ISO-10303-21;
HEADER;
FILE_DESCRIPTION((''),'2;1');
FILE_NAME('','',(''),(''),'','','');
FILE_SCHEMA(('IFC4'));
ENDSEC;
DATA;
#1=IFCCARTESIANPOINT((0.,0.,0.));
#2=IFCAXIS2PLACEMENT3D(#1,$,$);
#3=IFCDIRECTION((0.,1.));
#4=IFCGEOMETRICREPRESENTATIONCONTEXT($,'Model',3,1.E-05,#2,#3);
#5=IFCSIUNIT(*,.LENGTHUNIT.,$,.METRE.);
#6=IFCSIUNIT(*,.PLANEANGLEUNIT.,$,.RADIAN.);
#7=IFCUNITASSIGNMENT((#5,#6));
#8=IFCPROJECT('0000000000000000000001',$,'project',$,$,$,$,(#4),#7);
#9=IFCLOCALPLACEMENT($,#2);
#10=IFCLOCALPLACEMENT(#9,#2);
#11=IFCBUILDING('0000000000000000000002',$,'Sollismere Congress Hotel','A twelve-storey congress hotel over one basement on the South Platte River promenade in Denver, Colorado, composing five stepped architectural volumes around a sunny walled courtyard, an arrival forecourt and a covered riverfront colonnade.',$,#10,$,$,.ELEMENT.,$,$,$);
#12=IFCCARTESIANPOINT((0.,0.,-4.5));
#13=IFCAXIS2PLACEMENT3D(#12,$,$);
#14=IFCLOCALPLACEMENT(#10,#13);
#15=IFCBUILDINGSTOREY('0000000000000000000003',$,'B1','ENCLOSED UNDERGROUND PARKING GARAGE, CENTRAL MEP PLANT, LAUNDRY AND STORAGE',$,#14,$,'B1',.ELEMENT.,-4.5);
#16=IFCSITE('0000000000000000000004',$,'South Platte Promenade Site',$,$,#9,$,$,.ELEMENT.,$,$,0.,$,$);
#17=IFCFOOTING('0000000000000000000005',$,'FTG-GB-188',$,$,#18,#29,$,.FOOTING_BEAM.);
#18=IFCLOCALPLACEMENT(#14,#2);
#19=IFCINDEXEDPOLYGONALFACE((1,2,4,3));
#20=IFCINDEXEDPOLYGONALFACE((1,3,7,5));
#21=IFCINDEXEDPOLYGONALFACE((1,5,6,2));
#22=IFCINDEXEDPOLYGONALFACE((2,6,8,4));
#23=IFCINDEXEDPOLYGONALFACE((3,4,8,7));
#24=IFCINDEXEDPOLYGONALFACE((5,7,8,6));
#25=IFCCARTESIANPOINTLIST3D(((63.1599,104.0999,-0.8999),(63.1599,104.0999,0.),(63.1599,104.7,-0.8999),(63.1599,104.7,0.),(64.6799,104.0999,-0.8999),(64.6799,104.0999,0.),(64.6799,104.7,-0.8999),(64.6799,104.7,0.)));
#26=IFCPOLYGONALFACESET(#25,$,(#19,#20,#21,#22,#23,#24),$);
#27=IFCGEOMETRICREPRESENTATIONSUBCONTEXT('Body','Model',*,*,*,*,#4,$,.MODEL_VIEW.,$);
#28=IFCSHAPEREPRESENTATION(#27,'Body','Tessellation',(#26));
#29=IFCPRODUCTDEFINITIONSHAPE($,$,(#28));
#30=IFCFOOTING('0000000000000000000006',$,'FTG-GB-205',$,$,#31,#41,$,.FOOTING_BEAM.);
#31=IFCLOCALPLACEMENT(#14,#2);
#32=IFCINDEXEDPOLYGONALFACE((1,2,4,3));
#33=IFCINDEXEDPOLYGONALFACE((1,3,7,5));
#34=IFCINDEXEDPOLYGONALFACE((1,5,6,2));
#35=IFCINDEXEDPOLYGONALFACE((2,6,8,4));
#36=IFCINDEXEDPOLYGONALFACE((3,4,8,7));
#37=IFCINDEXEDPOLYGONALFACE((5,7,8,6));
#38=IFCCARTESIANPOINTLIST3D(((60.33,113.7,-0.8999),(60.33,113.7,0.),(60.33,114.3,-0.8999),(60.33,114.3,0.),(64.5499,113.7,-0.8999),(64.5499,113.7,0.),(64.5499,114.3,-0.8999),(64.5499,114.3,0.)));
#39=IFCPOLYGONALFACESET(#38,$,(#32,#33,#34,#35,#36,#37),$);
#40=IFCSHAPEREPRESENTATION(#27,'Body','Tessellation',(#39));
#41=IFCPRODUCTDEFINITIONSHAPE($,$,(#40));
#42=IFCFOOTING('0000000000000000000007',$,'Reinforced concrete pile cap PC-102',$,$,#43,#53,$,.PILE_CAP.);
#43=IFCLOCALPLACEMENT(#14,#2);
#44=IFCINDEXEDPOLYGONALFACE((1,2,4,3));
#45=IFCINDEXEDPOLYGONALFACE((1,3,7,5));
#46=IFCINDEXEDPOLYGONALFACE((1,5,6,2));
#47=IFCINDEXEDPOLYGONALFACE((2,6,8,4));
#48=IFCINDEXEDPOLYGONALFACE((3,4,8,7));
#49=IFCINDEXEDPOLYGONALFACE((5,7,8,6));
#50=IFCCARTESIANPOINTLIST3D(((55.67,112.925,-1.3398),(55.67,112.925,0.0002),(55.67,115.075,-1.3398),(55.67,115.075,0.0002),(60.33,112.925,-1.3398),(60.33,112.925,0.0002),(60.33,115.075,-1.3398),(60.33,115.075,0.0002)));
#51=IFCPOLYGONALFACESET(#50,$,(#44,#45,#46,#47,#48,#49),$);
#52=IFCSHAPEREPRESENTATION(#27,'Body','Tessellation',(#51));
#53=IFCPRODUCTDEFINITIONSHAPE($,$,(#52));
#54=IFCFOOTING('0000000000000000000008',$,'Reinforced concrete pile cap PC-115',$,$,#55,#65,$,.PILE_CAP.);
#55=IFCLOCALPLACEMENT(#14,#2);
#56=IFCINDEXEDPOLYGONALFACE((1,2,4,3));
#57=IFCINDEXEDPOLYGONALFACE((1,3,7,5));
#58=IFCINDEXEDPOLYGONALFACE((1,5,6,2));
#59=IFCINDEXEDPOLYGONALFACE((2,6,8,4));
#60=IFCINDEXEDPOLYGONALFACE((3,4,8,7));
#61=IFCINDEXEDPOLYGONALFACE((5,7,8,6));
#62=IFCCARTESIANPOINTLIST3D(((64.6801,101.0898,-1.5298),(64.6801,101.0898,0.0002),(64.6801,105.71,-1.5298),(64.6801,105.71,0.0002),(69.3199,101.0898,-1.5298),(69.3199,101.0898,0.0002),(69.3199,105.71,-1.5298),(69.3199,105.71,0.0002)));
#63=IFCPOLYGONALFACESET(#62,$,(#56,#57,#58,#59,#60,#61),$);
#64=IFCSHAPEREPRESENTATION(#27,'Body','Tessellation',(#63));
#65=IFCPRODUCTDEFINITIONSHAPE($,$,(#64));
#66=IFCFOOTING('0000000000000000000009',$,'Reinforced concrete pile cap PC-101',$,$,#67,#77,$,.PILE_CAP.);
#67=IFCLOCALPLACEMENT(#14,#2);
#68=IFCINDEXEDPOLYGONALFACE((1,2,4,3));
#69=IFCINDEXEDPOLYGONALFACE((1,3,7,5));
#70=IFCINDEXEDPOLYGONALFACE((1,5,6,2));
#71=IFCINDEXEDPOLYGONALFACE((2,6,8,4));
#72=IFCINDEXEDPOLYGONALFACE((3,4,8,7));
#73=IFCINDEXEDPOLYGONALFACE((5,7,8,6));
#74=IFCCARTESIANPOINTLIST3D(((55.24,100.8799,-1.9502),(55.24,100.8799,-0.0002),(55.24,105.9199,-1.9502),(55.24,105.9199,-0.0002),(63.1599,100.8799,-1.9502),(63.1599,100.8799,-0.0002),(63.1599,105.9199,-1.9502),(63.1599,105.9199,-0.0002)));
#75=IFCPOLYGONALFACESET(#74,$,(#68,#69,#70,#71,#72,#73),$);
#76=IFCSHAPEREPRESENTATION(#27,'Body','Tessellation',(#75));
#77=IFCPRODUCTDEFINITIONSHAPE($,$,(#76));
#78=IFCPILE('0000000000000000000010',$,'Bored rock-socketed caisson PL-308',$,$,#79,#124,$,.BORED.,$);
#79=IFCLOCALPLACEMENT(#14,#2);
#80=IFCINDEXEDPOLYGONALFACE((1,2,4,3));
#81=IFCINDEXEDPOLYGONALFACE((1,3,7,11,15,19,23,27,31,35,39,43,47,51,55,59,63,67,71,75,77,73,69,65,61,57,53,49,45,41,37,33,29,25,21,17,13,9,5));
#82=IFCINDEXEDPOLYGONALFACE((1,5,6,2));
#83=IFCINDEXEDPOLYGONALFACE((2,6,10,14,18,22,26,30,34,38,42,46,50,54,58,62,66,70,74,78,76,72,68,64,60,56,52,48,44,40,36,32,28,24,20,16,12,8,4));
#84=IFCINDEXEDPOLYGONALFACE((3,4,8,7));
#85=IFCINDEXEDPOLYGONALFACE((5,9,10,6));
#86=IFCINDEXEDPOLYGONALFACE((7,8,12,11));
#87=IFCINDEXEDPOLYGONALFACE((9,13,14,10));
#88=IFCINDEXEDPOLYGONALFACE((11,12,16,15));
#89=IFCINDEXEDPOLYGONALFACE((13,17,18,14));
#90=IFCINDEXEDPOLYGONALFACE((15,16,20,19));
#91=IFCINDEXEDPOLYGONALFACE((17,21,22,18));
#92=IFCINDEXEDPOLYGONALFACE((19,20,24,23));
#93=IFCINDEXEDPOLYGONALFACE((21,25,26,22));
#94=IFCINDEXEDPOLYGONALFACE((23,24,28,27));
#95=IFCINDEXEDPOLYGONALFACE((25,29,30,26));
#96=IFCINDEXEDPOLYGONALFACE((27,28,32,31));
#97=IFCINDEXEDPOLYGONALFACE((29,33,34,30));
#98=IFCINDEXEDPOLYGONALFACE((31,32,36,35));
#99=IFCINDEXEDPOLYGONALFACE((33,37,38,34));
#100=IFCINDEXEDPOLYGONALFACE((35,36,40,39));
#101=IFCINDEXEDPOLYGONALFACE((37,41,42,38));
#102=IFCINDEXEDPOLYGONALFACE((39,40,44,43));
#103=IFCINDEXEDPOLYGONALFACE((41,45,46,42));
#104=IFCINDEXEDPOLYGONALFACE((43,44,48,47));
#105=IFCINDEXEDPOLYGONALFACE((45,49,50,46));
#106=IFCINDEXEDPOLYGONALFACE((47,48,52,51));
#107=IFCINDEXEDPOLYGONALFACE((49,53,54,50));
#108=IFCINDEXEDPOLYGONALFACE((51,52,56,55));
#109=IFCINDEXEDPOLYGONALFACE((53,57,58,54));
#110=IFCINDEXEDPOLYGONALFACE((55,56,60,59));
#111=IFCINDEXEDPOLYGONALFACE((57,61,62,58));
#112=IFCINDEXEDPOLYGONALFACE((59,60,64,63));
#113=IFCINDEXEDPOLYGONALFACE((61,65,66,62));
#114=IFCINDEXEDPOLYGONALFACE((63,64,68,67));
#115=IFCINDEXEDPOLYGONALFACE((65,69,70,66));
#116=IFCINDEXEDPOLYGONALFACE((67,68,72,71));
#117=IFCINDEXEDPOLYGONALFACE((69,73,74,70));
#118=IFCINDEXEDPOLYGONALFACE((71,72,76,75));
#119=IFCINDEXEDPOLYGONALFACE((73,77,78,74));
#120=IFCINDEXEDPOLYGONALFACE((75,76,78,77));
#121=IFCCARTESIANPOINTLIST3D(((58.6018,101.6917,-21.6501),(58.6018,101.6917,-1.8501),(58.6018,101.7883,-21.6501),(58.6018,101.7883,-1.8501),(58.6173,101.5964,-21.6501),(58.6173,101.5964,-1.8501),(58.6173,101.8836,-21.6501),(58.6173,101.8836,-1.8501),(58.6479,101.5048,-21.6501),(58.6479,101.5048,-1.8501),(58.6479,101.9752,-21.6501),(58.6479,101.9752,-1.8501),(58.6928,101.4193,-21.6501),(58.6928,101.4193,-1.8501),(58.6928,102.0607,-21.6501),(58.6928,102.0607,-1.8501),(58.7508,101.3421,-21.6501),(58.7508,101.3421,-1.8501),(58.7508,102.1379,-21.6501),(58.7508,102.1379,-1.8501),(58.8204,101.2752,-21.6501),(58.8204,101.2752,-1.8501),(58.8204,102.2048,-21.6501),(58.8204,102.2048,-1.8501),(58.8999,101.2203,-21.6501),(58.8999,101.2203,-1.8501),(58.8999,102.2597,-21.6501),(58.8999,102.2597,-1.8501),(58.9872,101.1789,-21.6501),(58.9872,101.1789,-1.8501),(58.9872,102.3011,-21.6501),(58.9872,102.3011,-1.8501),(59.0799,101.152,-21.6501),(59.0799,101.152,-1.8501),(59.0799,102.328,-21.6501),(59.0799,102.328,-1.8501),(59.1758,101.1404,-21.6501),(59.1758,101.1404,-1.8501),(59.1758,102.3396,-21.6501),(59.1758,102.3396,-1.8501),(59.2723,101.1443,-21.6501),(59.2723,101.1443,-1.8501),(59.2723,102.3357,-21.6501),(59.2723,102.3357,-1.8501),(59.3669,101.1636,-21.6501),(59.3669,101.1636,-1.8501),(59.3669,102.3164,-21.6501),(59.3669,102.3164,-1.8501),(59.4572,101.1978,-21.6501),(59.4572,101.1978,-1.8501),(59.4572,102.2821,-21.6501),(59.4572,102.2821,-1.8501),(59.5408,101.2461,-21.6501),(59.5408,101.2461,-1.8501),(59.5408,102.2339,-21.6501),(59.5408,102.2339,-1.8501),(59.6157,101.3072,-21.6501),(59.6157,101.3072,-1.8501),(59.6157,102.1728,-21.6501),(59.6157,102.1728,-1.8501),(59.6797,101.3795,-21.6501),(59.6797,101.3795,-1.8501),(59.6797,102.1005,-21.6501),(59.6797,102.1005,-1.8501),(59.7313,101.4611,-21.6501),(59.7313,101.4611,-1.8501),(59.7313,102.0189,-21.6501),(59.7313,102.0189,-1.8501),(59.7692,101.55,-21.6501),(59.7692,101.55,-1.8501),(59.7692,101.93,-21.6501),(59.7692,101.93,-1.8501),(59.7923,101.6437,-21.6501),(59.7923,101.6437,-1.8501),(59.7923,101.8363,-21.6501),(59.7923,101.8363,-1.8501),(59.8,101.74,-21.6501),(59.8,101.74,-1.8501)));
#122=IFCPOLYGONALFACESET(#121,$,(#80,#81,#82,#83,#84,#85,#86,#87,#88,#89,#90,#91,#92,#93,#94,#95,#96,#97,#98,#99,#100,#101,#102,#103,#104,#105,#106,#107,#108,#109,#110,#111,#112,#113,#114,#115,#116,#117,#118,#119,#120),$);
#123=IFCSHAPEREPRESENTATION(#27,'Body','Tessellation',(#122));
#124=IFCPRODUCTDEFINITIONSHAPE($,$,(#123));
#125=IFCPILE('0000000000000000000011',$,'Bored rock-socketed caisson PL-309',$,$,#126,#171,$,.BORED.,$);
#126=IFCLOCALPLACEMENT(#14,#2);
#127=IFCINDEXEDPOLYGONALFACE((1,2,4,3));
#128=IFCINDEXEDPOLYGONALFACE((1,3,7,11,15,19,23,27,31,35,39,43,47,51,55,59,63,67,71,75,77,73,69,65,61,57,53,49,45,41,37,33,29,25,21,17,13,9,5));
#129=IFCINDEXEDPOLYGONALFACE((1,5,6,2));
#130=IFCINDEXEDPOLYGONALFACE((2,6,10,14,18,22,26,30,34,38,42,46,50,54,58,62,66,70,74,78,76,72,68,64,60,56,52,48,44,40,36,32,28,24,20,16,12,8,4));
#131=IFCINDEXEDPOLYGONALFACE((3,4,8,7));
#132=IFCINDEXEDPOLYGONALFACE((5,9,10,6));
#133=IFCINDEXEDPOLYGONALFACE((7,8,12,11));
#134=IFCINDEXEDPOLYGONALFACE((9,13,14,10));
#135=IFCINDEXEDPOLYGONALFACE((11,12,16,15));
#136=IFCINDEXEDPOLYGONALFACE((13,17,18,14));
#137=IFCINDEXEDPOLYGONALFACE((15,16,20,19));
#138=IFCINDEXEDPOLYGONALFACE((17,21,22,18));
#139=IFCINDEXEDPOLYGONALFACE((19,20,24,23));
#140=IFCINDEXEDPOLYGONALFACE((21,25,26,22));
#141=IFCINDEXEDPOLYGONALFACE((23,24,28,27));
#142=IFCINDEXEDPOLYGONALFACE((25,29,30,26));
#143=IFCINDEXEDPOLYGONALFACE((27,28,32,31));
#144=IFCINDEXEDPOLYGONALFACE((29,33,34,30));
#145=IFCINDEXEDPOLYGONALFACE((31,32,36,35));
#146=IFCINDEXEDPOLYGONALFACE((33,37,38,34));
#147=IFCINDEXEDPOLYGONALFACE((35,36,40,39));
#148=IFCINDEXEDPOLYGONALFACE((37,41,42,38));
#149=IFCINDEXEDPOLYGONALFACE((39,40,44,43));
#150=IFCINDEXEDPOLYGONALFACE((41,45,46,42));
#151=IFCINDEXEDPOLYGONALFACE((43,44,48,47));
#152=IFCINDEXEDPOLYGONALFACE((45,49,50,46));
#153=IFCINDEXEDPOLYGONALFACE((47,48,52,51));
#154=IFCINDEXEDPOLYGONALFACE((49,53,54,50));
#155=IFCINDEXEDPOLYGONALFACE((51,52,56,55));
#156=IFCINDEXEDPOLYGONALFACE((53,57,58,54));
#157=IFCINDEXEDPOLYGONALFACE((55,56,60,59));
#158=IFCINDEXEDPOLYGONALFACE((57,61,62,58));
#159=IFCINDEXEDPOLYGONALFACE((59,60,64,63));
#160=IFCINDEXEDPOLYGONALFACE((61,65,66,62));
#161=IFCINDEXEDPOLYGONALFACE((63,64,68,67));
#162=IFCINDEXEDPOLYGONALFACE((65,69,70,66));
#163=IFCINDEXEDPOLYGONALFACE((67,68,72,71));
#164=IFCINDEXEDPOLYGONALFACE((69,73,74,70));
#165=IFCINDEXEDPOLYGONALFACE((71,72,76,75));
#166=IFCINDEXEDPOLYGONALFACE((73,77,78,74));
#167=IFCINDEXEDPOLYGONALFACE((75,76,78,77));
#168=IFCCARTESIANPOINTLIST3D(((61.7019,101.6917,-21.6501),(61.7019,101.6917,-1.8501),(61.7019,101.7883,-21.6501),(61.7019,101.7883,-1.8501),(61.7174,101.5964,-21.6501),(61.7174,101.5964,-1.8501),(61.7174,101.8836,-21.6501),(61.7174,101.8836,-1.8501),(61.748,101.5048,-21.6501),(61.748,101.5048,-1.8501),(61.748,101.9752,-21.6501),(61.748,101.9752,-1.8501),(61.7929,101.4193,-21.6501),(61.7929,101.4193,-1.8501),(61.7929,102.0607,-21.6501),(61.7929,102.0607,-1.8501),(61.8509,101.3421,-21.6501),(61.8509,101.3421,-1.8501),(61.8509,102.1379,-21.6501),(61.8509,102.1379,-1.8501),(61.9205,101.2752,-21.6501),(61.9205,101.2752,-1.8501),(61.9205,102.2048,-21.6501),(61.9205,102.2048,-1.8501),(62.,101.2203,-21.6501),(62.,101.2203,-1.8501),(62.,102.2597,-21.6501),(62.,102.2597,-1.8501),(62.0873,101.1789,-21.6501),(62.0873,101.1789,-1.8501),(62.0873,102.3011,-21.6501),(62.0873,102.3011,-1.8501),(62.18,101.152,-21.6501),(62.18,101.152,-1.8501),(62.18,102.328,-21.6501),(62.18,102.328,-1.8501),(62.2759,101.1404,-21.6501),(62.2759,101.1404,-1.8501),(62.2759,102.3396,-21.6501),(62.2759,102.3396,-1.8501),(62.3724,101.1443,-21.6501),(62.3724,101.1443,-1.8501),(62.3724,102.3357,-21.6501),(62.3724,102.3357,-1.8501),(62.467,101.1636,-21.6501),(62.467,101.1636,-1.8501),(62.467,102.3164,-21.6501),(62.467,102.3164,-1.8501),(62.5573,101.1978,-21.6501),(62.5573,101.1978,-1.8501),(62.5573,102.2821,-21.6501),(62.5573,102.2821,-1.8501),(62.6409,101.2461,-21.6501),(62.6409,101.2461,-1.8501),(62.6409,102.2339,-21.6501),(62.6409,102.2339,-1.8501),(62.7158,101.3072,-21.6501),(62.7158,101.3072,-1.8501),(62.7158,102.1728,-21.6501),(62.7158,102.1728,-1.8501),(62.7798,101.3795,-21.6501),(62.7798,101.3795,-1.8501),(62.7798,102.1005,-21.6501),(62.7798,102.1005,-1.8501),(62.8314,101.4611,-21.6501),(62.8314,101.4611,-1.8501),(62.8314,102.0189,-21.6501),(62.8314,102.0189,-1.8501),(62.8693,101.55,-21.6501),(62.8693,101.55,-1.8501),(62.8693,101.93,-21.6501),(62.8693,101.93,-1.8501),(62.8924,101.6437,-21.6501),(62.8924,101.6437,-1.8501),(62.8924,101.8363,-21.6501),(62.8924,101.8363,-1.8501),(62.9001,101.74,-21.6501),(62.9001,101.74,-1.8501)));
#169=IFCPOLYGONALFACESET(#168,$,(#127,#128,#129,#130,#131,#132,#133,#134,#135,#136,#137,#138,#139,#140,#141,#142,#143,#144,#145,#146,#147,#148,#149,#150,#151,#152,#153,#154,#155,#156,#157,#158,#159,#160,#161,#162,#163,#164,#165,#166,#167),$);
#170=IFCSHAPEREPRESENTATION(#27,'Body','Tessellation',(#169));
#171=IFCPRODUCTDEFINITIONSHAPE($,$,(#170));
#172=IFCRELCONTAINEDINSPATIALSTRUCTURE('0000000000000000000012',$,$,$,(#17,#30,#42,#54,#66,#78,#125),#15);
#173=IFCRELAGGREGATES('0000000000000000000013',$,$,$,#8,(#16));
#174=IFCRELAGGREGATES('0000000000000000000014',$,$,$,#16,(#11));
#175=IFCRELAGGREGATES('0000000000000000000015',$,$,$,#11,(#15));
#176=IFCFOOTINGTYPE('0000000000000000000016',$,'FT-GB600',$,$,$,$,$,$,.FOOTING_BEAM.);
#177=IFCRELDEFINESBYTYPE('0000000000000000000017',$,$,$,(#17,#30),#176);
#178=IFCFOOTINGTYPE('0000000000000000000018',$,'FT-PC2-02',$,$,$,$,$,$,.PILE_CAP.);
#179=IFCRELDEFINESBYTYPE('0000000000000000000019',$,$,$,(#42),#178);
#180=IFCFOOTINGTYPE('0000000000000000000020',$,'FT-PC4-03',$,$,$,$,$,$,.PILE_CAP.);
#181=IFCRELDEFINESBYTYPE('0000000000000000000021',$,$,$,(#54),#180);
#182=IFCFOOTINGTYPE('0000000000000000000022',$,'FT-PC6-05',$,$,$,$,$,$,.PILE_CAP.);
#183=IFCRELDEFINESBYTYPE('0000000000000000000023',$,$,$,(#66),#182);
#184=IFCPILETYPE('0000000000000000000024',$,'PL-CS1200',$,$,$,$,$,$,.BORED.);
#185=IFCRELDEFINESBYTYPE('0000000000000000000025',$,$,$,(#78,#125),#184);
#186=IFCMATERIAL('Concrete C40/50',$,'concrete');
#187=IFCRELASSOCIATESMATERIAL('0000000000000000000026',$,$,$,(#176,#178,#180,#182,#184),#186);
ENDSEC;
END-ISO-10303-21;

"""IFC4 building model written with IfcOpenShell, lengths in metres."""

from ifc_helpers import new_model, si_unit, direction, frame, origin, origin_2d, place, context, subcontext, project, spatial, rectangle, circle, extrude, material, material_profile, profile_set, type_object, element, save


model = new_model("IFC4")

# Units and contexts
model_context = context("Model", 3, precision=1e-05, world=origin(), true_north=direction((0.0, 1.0)))
body_context = subcontext(model_context, "Body", "Model", "MODEL_VIEW")
ifc_project = project(units=[si_unit("LENGTHUNIT", "METRE"), si_unit("PLANEANGLEUNIT", "RADIAN")], contexts=[model_context])

# Site, building, storey
site_placement = place(None, origin())
site = spatial("IfcSite", under=ifc_project, at=site_placement, Name="South Platte Promenade Site", CompositionType="ELEMENT", RefElevation=0.0)
building_placement = place(site_placement, origin())
building = spatial("IfcBuilding", under=site, at=building_placement, Name="Sollismere Congress Hotel", Description="A twelve-storey congress hotel over one basement on the South Platte River promenade in Denver, Colorado, composing five stepped architectural volumes around a sunny walled courtyard, an arrival forecourt and a covered riverfront colonnade.", CompositionType="ELEMENT")
storey_placement = place(building_placement, frame((0.0, 0.0, -4.5)))
storey = spatial("IfcBuildingStorey", under=building, at=storey_placement, Name="B1", Description="ENCLOSED UNDERGROUND PARKING GARAGE, CENTRAL MEP PLANT, LAUNDRY AND STORAGE", LongName="B1", CompositionType="ELEMENT", Elevation=-4.5)

# Footings
ifc_material_1 = material(Name="Concrete C40/50", Category="concrete")
footing_type_1 = type_object("IfcFootingType", Name="FT-GB600", PredefinedType="FOOTING_BEAM", material=ifc_material_1)
footing_1_placement = place(storey_placement, frame((63.9199, 104.3999, -0.8999), z_axis=(0.0, 0.0, 1.0), x_axis=(1.0, 0.0, 0.0)))
element("IfcFooting", 1, at=footing_1_placement, inside=storey, type_object=footing_type_1, Name="FTG-GB-188", PredefinedType="FOOTING_BEAM", context=body_context, shape_type="SweptSolid", body=[
    extrude(rectangle(XDim=1.52, YDim=0.6001, at=origin_2d()), origin(), (0.0, 0.0, 1.0), 0.8999),
])
footing_2_placement = place(storey_placement, frame((62.4399, 114.0, -0.8999), z_axis=(0.0, 0.0, 1.0), x_axis=(1.0, 0.0, 0.0)))
element("IfcFooting", 2, at=footing_2_placement, inside=storey, type_object=footing_type_1, Name="FTG-GB-205", PredefinedType="FOOTING_BEAM", context=body_context, shape_type="SweptSolid", body=[
    extrude(rectangle(XDim=4.22, YDim=0.6001, at=origin_2d()), origin(), (0.0, 0.0, 1.0), 0.8999),
])
footing_type_2 = type_object("IfcFootingType", Name="FT-PC2-02", PredefinedType="PILE_CAP", material=ifc_material_1)
footing_3_placement = place(storey_placement, frame((58.0, 114.0, -1.3398), z_axis=(0.0, 0.0, 1.0), x_axis=(1.0, 0.0, 0.0)))
element("IfcFooting", 3, at=footing_3_placement, inside=storey, type_object=footing_type_2, Name="Reinforced concrete pile cap PC-102", PredefinedType="PILE_CAP", context=body_context, shape_type="SweptSolid", body=[
    extrude(rectangle(XDim=4.6599, YDim=2.1499, at=origin_2d()), origin(), (0.0, 0.0, 1.0), 1.3401),
])
footing_type_3 = type_object("IfcFootingType", Name="FT-PC4-03", PredefinedType="PILE_CAP", material=ifc_material_1)
footing_4_placement = place(storey_placement, frame((67.0, 103.3999, -1.5298), z_axis=(0.0, 0.0, 1.0), x_axis=(1.0, 0.0, 0.0)))
element("IfcFooting", 4, at=footing_4_placement, inside=storey, type_object=footing_type_3, Name="Reinforced concrete pile cap PC-115", PredefinedType="PILE_CAP", context=body_context, shape_type="SweptSolid", body=[
    extrude(rectangle(XDim=4.6399, YDim=4.6201, at=origin_2d()), origin(), (0.0, 0.0, 1.0), 1.53),
])
footing_type_4 = type_object("IfcFootingType", Name="FT-PC6-05", PredefinedType="PILE_CAP", material=ifc_material_1)
footing_5_placement = place(storey_placement, frame((59.2, 103.3999, -1.9502), z_axis=(0.0, 0.0, 1.0), x_axis=(1.0, 0.0, 0.0)))
element("IfcFooting", 5, at=footing_5_placement, inside=storey, type_object=footing_type_4, Name="Reinforced concrete pile cap PC-101", PredefinedType="PILE_CAP", context=body_context, shape_type="SweptSolid", body=[
    extrude(rectangle(XDim=7.9199, YDim=5.04, at=origin_2d()), origin(), (0.0, 0.0, 1.0), 1.95),
])

# Piles
ifc_material_profile_1 = material_profile(ifc_material_1, circle(Radius=0.6001, at=origin_2d()), Name="CAISSON1200")
ifc_profile_set_1 = profile_set([ifc_material_profile_1], Name="Concrete C40/50")
pile_type = type_object("IfcPileType", Name="PL-CS1200", PredefinedType="BORED", material=ifc_profile_set_1)
for number, where, z_axis, x_axis, name in (
    (6, (59.2, 101.74, -1.8501), (0.0, 0.0, -1.0), (1.0, 0.0, 0.0), "Bored rock-socketed caisson PL-308"),
    (7, (62.3, 101.74, -1.8501), (0.0, 0.0, -1.0), (1.0, 0.0, 0.0), "Bored rock-socketed caisson PL-309"),
):
    element("IfcPile", number, at=place(storey_placement, frame(where, z_axis=z_axis, x_axis=x_axis)), inside=storey, type_object=pile_type, Name=name, PredefinedType="BORED", context=body_context, shape_type="SweptSolid", body=[
        extrude(circle(Radius=0.6001, at=origin_2d()), origin(), (0.0, 0.0, 1.0), 19.8),
    ])

save(model, "model.ifc")
